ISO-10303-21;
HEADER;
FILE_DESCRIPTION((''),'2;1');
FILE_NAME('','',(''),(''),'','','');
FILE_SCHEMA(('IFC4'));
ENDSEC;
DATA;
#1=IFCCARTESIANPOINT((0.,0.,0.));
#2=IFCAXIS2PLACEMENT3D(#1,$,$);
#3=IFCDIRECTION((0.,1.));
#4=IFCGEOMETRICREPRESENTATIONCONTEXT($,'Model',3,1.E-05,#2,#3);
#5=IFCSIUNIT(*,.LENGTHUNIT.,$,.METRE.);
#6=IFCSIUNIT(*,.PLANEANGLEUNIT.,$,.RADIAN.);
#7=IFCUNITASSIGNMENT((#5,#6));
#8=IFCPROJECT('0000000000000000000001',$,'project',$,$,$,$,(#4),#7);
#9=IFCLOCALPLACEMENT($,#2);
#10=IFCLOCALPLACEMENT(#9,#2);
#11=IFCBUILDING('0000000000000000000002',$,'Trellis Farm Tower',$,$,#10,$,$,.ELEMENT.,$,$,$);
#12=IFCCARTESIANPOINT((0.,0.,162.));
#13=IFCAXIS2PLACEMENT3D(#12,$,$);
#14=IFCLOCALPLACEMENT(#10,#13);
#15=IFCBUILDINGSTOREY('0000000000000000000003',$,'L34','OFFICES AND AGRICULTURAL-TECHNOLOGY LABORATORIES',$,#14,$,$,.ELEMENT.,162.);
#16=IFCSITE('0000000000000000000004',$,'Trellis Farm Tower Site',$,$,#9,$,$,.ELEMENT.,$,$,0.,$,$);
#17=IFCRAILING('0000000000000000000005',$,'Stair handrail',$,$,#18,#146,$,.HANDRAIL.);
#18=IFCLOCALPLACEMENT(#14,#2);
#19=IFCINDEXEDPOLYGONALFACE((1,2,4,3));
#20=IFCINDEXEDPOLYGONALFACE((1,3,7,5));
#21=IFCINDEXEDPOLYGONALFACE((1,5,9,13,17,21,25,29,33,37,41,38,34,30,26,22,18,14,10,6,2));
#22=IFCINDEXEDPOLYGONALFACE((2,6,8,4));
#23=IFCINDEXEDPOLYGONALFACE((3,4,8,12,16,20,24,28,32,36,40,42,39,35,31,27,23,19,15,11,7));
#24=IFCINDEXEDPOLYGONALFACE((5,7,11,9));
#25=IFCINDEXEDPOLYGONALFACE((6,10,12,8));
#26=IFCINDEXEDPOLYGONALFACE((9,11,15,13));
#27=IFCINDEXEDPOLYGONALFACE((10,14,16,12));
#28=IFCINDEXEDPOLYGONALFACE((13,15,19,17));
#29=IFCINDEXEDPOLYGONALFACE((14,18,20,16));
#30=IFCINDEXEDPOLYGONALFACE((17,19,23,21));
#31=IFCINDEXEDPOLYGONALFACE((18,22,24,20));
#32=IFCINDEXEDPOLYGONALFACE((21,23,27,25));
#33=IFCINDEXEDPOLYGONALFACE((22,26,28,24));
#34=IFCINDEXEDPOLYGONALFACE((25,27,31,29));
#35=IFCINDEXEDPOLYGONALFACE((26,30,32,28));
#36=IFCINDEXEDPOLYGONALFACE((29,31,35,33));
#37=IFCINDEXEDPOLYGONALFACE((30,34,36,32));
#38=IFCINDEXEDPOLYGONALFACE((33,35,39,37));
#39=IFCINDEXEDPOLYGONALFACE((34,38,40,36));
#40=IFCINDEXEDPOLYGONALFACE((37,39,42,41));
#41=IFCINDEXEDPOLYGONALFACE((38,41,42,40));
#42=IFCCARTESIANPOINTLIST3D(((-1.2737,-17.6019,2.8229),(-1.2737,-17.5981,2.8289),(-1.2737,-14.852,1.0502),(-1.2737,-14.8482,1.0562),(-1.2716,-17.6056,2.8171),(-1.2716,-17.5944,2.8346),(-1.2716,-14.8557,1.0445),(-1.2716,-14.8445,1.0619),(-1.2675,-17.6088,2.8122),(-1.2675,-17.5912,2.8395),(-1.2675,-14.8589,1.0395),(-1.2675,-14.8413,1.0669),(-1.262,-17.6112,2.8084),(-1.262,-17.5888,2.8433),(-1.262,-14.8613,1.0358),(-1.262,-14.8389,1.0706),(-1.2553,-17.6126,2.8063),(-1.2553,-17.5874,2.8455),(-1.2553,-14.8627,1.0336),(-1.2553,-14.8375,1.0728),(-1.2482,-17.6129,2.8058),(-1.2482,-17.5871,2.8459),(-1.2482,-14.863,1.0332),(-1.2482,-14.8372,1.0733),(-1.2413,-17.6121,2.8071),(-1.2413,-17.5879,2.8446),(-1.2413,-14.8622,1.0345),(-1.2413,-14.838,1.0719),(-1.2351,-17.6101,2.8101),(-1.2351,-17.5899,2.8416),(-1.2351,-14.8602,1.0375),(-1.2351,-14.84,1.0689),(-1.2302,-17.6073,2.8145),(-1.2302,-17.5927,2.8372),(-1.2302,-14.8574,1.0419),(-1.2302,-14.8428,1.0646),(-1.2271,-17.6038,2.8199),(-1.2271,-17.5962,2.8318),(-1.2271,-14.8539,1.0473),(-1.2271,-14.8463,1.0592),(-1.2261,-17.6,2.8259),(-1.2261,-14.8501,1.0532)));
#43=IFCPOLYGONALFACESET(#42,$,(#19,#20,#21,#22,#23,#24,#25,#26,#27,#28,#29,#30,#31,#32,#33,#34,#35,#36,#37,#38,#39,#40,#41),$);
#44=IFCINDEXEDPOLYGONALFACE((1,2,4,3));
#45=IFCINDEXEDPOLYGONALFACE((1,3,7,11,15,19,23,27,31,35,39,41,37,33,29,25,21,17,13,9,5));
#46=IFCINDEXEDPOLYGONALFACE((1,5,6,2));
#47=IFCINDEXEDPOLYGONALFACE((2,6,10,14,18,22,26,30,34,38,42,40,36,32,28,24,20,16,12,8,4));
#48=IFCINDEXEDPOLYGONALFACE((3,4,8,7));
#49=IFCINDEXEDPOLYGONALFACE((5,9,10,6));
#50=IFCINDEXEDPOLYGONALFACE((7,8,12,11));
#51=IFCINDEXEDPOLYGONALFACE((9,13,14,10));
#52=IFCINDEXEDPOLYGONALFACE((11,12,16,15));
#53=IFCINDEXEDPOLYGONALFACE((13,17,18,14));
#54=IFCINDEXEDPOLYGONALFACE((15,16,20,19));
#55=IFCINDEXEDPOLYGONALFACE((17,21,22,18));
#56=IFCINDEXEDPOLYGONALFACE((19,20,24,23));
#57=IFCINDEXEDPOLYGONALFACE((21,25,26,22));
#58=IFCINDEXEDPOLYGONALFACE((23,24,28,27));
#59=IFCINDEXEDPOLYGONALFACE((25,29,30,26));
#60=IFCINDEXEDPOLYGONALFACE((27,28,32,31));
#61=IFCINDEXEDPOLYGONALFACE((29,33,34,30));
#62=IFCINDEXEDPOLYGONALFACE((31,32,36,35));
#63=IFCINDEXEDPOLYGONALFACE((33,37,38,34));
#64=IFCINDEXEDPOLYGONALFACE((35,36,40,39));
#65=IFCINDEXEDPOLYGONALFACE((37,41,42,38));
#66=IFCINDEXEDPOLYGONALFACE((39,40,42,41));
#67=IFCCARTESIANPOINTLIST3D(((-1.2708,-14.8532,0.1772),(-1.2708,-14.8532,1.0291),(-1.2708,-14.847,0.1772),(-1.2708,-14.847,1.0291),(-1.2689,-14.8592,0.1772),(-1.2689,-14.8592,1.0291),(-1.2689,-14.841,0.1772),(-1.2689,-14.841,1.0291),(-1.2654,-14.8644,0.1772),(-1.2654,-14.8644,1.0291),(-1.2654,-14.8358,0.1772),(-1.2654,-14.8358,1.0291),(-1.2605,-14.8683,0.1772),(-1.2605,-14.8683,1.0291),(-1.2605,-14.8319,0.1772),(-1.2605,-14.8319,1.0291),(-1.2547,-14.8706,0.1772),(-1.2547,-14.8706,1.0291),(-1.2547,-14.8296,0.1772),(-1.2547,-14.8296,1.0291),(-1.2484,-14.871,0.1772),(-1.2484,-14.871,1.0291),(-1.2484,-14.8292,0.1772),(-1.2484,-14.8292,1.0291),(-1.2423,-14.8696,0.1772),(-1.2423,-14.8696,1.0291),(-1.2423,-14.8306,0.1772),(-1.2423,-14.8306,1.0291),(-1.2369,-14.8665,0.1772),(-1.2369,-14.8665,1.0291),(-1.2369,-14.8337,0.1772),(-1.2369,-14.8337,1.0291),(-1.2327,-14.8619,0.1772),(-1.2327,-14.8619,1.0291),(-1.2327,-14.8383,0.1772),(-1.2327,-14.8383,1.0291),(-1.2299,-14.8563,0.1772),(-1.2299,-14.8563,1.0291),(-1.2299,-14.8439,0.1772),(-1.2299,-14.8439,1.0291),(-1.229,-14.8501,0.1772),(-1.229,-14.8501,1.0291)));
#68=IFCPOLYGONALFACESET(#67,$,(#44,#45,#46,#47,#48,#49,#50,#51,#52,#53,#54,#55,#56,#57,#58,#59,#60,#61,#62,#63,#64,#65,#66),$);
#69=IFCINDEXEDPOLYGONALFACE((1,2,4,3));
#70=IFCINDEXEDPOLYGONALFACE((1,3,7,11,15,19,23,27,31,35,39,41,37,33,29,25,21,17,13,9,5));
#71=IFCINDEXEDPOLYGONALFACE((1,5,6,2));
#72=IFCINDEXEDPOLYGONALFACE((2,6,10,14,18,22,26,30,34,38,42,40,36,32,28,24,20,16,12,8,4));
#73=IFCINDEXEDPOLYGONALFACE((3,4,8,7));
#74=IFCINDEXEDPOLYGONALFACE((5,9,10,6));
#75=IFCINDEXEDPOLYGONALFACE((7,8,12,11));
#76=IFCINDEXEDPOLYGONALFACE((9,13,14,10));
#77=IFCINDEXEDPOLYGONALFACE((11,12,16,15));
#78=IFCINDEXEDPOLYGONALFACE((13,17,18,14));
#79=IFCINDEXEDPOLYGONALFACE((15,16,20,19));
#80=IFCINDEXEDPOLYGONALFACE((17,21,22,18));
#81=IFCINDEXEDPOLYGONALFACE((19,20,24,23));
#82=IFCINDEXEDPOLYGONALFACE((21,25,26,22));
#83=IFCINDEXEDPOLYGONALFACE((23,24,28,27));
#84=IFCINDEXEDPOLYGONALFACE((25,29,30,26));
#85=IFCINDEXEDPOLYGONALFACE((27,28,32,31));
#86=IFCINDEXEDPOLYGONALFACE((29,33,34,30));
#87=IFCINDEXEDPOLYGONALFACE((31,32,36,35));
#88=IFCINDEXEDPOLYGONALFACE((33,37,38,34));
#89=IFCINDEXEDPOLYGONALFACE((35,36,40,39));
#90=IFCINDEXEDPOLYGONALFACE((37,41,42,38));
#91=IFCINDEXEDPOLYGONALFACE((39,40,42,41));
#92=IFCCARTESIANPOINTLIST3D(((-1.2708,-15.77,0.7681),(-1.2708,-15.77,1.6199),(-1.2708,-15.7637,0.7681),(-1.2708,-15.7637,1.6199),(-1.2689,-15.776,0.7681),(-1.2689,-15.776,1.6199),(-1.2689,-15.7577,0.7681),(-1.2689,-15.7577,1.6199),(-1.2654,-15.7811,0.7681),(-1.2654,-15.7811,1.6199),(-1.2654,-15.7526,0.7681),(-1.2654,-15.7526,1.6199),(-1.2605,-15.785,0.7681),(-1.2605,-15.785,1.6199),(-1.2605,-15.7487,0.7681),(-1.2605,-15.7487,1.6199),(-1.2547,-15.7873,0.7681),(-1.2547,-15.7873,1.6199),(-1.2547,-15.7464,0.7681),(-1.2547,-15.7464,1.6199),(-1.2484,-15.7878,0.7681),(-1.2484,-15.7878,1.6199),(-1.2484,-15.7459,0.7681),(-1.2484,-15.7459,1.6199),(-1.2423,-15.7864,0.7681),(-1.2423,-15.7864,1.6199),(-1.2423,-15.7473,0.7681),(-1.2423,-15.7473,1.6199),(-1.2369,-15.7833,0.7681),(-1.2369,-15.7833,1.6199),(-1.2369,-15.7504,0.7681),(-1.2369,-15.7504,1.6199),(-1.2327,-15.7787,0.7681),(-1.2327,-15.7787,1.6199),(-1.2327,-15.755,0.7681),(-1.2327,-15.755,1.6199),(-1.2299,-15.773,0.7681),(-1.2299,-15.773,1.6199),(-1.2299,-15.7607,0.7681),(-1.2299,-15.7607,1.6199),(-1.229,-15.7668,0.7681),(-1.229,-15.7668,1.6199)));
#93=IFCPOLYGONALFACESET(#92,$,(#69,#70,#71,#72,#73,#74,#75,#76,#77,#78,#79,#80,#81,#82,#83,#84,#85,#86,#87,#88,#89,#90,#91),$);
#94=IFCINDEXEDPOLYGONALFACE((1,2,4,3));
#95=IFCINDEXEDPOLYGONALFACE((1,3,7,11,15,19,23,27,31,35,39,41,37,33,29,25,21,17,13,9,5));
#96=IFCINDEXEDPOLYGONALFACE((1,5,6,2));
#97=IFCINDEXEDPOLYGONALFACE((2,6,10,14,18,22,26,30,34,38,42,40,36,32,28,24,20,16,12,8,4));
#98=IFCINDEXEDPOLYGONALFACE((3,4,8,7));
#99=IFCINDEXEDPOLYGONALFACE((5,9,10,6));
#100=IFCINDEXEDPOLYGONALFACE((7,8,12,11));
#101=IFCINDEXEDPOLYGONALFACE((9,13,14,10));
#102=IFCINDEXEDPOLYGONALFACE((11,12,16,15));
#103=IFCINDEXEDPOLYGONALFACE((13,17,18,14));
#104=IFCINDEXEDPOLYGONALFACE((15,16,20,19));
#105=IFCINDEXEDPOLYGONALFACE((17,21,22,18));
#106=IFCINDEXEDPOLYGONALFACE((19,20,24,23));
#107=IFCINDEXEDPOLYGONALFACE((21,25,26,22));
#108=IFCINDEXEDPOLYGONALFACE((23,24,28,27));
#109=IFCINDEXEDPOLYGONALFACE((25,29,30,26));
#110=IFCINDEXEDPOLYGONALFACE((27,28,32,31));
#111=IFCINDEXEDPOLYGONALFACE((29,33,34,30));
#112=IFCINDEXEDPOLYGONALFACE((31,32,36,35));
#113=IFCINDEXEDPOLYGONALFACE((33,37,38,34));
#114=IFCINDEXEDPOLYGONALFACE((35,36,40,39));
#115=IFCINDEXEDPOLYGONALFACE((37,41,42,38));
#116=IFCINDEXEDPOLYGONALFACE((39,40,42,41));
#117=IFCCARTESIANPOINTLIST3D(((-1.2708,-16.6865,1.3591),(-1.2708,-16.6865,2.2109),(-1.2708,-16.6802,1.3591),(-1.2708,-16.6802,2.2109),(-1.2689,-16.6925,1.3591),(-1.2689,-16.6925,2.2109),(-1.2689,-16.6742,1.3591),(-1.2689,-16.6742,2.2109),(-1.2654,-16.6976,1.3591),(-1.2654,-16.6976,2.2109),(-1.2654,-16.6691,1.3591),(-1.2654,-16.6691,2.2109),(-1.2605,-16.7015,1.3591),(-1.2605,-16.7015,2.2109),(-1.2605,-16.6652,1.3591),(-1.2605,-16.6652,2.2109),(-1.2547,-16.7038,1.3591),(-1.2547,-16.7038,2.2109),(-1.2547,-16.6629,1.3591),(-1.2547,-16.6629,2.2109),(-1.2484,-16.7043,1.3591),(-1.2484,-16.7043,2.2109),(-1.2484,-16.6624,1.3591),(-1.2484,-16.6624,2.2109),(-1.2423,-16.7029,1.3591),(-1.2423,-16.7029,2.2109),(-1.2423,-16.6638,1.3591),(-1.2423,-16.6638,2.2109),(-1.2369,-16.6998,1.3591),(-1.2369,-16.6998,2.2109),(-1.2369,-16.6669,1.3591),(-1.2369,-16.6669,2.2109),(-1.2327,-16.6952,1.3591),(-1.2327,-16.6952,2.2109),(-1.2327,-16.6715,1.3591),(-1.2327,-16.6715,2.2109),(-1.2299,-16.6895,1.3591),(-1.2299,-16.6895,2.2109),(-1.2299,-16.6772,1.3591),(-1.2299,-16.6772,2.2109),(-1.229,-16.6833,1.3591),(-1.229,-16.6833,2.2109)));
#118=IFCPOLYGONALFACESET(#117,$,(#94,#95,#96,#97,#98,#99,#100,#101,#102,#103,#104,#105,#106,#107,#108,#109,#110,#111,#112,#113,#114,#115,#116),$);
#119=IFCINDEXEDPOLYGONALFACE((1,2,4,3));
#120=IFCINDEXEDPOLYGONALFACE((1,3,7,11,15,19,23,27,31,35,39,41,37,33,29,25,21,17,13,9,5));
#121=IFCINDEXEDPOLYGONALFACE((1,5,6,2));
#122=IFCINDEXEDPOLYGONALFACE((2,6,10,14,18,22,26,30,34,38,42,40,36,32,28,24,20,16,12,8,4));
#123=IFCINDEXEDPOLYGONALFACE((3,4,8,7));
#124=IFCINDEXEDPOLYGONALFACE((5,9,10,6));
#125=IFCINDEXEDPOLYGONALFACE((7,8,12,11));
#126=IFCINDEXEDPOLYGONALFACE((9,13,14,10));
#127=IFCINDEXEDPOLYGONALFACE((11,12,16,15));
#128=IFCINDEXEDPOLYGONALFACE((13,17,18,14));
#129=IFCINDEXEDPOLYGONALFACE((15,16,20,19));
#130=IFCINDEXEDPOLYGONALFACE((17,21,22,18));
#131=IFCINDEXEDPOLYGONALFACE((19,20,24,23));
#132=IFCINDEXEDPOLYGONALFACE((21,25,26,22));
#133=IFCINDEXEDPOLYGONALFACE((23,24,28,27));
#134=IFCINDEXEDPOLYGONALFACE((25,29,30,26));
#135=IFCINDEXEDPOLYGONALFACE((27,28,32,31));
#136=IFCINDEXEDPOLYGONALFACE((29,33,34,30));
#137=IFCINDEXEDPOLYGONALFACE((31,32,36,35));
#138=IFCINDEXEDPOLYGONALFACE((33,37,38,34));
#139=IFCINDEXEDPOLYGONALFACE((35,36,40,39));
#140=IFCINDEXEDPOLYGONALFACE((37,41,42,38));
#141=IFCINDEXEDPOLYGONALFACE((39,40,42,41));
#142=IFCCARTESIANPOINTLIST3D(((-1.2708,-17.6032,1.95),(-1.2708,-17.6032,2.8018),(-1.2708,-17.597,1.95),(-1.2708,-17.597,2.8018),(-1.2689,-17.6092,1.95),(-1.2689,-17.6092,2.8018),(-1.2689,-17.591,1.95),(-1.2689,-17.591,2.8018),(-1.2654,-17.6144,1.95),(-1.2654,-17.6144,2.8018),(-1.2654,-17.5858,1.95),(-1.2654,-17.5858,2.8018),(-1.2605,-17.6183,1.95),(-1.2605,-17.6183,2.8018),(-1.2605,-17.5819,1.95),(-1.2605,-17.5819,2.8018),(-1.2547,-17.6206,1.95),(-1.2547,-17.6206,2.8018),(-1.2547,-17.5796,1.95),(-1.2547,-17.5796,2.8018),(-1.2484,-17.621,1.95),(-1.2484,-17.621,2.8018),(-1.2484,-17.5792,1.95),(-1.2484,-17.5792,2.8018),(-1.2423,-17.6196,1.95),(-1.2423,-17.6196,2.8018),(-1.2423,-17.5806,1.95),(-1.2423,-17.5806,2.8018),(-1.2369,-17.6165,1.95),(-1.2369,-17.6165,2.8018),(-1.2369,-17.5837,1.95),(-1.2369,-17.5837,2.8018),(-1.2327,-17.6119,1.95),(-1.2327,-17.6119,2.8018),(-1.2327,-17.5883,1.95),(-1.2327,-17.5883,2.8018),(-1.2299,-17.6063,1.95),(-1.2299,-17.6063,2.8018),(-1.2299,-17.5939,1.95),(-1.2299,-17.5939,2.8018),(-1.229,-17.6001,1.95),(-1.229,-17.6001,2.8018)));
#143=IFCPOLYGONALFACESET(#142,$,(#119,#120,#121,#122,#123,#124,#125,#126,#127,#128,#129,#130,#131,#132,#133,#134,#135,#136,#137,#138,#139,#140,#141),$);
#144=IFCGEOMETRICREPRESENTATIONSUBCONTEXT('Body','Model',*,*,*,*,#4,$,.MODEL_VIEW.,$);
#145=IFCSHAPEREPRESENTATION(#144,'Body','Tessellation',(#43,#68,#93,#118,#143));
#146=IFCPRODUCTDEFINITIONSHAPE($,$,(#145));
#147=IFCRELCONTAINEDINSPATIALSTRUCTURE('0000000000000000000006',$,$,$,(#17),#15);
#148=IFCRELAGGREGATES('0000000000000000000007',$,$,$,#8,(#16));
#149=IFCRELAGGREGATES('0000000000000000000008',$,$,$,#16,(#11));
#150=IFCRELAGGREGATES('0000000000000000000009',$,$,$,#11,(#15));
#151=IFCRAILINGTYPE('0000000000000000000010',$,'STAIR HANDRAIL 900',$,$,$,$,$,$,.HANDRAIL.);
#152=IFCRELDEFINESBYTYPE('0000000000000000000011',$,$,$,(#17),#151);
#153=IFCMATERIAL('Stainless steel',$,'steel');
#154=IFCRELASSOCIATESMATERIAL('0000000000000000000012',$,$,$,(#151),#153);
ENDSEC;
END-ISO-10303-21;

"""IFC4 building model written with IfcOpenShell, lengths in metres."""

from ifc_helpers import new_model, si_unit, direction, frame, origin, origin_2d, place, context, subcontext, project, spatial, circle, extrude, source, transform, mapped, material, type_object, element, save


model = new_model("IFC4")

# Units and contexts
model_context = context("Model", 3, precision=1e-05, world=origin(), true_north=direction((0.0, 1.0)))
body_context = subcontext(model_context, "Body", "Model", "MODEL_VIEW")
ifc_project = project(units=[si_unit("LENGTHUNIT", "METRE"), si_unit("PLANEANGLEUNIT", "RADIAN")], contexts=[model_context])

# Site, building, storey
site_placement = place(None, origin())
site = spatial("IfcSite", under=ifc_project, at=site_placement, Name="Trellis Farm Tower Site", CompositionType="ELEMENT", RefElevation=0.0)
building_placement = place(site_placement, origin())
building = spatial("IfcBuilding", under=site, at=building_placement, Name="Trellis Farm Tower", CompositionType="ELEMENT")
storey_placement = place(building_placement, frame((0.0, 0.0, 162.0)))
storey = spatial("IfcBuildingStorey", under=building, at=storey_placement, Name="L34", Description="OFFICES AND AGRICULTURAL-TECHNOLOGY LABORATORIES", CompositionType="ELEMENT", Elevation=162.0)

# Railing
ifc_material_1 = material(Name="Stainless steel", Category="steel")
railing_type = type_object("IfcRailingType", Name="STAIR HANDRAIL 900", PredefinedType="HANDRAIL", material=ifc_material_1)
shared_shape_1 = source(origin(), body_context, "Body", "SweptSolid", [
    extrude(circle(Radius=0.0239, at=origin_2d()), frame((0.0, 0.0, 0.876), z_axis=(0.0, -0.840504, 0.541806), x_axis=(1.0, 0.0, 0.0)), (0.0, 0.0, 1.0), 3.2717),
    extrude(circle(Radius=0.021, at=origin_2d()), origin(), (0.0, 0.0, 1.0), 0.8518),
    extrude(circle(Radius=0.021, at=origin_2d()), frame((0.0, -0.9167, 0.5908)), (0.0, 0.0, 1.0), 0.8518),
    extrude(circle(Radius=0.021, at=origin_2d()), frame((0.0, -1.8333, 1.1819)), (0.0, 0.0, 1.0), 0.8518),
    extrude(circle(Radius=0.021, at=origin_2d()), frame((0.0, -2.75, 1.7727)), (0.0, 0.0, 1.0), 0.8518),
])
railing_placement = place(storey_placement, frame((-1.25, -14.8501, 0.1772)))
element("IfcRailing", 1, at=railing_placement, inside=storey, type_object=railing_type, Name="Stair handrail", PredefinedType="HANDRAIL", context=body_context, shape_type="MappedRepresentation", body=[
    mapped(shared_shape_1, transform((0.0, 0.0, 0.0))),
])

save(model, "model.ifc")
